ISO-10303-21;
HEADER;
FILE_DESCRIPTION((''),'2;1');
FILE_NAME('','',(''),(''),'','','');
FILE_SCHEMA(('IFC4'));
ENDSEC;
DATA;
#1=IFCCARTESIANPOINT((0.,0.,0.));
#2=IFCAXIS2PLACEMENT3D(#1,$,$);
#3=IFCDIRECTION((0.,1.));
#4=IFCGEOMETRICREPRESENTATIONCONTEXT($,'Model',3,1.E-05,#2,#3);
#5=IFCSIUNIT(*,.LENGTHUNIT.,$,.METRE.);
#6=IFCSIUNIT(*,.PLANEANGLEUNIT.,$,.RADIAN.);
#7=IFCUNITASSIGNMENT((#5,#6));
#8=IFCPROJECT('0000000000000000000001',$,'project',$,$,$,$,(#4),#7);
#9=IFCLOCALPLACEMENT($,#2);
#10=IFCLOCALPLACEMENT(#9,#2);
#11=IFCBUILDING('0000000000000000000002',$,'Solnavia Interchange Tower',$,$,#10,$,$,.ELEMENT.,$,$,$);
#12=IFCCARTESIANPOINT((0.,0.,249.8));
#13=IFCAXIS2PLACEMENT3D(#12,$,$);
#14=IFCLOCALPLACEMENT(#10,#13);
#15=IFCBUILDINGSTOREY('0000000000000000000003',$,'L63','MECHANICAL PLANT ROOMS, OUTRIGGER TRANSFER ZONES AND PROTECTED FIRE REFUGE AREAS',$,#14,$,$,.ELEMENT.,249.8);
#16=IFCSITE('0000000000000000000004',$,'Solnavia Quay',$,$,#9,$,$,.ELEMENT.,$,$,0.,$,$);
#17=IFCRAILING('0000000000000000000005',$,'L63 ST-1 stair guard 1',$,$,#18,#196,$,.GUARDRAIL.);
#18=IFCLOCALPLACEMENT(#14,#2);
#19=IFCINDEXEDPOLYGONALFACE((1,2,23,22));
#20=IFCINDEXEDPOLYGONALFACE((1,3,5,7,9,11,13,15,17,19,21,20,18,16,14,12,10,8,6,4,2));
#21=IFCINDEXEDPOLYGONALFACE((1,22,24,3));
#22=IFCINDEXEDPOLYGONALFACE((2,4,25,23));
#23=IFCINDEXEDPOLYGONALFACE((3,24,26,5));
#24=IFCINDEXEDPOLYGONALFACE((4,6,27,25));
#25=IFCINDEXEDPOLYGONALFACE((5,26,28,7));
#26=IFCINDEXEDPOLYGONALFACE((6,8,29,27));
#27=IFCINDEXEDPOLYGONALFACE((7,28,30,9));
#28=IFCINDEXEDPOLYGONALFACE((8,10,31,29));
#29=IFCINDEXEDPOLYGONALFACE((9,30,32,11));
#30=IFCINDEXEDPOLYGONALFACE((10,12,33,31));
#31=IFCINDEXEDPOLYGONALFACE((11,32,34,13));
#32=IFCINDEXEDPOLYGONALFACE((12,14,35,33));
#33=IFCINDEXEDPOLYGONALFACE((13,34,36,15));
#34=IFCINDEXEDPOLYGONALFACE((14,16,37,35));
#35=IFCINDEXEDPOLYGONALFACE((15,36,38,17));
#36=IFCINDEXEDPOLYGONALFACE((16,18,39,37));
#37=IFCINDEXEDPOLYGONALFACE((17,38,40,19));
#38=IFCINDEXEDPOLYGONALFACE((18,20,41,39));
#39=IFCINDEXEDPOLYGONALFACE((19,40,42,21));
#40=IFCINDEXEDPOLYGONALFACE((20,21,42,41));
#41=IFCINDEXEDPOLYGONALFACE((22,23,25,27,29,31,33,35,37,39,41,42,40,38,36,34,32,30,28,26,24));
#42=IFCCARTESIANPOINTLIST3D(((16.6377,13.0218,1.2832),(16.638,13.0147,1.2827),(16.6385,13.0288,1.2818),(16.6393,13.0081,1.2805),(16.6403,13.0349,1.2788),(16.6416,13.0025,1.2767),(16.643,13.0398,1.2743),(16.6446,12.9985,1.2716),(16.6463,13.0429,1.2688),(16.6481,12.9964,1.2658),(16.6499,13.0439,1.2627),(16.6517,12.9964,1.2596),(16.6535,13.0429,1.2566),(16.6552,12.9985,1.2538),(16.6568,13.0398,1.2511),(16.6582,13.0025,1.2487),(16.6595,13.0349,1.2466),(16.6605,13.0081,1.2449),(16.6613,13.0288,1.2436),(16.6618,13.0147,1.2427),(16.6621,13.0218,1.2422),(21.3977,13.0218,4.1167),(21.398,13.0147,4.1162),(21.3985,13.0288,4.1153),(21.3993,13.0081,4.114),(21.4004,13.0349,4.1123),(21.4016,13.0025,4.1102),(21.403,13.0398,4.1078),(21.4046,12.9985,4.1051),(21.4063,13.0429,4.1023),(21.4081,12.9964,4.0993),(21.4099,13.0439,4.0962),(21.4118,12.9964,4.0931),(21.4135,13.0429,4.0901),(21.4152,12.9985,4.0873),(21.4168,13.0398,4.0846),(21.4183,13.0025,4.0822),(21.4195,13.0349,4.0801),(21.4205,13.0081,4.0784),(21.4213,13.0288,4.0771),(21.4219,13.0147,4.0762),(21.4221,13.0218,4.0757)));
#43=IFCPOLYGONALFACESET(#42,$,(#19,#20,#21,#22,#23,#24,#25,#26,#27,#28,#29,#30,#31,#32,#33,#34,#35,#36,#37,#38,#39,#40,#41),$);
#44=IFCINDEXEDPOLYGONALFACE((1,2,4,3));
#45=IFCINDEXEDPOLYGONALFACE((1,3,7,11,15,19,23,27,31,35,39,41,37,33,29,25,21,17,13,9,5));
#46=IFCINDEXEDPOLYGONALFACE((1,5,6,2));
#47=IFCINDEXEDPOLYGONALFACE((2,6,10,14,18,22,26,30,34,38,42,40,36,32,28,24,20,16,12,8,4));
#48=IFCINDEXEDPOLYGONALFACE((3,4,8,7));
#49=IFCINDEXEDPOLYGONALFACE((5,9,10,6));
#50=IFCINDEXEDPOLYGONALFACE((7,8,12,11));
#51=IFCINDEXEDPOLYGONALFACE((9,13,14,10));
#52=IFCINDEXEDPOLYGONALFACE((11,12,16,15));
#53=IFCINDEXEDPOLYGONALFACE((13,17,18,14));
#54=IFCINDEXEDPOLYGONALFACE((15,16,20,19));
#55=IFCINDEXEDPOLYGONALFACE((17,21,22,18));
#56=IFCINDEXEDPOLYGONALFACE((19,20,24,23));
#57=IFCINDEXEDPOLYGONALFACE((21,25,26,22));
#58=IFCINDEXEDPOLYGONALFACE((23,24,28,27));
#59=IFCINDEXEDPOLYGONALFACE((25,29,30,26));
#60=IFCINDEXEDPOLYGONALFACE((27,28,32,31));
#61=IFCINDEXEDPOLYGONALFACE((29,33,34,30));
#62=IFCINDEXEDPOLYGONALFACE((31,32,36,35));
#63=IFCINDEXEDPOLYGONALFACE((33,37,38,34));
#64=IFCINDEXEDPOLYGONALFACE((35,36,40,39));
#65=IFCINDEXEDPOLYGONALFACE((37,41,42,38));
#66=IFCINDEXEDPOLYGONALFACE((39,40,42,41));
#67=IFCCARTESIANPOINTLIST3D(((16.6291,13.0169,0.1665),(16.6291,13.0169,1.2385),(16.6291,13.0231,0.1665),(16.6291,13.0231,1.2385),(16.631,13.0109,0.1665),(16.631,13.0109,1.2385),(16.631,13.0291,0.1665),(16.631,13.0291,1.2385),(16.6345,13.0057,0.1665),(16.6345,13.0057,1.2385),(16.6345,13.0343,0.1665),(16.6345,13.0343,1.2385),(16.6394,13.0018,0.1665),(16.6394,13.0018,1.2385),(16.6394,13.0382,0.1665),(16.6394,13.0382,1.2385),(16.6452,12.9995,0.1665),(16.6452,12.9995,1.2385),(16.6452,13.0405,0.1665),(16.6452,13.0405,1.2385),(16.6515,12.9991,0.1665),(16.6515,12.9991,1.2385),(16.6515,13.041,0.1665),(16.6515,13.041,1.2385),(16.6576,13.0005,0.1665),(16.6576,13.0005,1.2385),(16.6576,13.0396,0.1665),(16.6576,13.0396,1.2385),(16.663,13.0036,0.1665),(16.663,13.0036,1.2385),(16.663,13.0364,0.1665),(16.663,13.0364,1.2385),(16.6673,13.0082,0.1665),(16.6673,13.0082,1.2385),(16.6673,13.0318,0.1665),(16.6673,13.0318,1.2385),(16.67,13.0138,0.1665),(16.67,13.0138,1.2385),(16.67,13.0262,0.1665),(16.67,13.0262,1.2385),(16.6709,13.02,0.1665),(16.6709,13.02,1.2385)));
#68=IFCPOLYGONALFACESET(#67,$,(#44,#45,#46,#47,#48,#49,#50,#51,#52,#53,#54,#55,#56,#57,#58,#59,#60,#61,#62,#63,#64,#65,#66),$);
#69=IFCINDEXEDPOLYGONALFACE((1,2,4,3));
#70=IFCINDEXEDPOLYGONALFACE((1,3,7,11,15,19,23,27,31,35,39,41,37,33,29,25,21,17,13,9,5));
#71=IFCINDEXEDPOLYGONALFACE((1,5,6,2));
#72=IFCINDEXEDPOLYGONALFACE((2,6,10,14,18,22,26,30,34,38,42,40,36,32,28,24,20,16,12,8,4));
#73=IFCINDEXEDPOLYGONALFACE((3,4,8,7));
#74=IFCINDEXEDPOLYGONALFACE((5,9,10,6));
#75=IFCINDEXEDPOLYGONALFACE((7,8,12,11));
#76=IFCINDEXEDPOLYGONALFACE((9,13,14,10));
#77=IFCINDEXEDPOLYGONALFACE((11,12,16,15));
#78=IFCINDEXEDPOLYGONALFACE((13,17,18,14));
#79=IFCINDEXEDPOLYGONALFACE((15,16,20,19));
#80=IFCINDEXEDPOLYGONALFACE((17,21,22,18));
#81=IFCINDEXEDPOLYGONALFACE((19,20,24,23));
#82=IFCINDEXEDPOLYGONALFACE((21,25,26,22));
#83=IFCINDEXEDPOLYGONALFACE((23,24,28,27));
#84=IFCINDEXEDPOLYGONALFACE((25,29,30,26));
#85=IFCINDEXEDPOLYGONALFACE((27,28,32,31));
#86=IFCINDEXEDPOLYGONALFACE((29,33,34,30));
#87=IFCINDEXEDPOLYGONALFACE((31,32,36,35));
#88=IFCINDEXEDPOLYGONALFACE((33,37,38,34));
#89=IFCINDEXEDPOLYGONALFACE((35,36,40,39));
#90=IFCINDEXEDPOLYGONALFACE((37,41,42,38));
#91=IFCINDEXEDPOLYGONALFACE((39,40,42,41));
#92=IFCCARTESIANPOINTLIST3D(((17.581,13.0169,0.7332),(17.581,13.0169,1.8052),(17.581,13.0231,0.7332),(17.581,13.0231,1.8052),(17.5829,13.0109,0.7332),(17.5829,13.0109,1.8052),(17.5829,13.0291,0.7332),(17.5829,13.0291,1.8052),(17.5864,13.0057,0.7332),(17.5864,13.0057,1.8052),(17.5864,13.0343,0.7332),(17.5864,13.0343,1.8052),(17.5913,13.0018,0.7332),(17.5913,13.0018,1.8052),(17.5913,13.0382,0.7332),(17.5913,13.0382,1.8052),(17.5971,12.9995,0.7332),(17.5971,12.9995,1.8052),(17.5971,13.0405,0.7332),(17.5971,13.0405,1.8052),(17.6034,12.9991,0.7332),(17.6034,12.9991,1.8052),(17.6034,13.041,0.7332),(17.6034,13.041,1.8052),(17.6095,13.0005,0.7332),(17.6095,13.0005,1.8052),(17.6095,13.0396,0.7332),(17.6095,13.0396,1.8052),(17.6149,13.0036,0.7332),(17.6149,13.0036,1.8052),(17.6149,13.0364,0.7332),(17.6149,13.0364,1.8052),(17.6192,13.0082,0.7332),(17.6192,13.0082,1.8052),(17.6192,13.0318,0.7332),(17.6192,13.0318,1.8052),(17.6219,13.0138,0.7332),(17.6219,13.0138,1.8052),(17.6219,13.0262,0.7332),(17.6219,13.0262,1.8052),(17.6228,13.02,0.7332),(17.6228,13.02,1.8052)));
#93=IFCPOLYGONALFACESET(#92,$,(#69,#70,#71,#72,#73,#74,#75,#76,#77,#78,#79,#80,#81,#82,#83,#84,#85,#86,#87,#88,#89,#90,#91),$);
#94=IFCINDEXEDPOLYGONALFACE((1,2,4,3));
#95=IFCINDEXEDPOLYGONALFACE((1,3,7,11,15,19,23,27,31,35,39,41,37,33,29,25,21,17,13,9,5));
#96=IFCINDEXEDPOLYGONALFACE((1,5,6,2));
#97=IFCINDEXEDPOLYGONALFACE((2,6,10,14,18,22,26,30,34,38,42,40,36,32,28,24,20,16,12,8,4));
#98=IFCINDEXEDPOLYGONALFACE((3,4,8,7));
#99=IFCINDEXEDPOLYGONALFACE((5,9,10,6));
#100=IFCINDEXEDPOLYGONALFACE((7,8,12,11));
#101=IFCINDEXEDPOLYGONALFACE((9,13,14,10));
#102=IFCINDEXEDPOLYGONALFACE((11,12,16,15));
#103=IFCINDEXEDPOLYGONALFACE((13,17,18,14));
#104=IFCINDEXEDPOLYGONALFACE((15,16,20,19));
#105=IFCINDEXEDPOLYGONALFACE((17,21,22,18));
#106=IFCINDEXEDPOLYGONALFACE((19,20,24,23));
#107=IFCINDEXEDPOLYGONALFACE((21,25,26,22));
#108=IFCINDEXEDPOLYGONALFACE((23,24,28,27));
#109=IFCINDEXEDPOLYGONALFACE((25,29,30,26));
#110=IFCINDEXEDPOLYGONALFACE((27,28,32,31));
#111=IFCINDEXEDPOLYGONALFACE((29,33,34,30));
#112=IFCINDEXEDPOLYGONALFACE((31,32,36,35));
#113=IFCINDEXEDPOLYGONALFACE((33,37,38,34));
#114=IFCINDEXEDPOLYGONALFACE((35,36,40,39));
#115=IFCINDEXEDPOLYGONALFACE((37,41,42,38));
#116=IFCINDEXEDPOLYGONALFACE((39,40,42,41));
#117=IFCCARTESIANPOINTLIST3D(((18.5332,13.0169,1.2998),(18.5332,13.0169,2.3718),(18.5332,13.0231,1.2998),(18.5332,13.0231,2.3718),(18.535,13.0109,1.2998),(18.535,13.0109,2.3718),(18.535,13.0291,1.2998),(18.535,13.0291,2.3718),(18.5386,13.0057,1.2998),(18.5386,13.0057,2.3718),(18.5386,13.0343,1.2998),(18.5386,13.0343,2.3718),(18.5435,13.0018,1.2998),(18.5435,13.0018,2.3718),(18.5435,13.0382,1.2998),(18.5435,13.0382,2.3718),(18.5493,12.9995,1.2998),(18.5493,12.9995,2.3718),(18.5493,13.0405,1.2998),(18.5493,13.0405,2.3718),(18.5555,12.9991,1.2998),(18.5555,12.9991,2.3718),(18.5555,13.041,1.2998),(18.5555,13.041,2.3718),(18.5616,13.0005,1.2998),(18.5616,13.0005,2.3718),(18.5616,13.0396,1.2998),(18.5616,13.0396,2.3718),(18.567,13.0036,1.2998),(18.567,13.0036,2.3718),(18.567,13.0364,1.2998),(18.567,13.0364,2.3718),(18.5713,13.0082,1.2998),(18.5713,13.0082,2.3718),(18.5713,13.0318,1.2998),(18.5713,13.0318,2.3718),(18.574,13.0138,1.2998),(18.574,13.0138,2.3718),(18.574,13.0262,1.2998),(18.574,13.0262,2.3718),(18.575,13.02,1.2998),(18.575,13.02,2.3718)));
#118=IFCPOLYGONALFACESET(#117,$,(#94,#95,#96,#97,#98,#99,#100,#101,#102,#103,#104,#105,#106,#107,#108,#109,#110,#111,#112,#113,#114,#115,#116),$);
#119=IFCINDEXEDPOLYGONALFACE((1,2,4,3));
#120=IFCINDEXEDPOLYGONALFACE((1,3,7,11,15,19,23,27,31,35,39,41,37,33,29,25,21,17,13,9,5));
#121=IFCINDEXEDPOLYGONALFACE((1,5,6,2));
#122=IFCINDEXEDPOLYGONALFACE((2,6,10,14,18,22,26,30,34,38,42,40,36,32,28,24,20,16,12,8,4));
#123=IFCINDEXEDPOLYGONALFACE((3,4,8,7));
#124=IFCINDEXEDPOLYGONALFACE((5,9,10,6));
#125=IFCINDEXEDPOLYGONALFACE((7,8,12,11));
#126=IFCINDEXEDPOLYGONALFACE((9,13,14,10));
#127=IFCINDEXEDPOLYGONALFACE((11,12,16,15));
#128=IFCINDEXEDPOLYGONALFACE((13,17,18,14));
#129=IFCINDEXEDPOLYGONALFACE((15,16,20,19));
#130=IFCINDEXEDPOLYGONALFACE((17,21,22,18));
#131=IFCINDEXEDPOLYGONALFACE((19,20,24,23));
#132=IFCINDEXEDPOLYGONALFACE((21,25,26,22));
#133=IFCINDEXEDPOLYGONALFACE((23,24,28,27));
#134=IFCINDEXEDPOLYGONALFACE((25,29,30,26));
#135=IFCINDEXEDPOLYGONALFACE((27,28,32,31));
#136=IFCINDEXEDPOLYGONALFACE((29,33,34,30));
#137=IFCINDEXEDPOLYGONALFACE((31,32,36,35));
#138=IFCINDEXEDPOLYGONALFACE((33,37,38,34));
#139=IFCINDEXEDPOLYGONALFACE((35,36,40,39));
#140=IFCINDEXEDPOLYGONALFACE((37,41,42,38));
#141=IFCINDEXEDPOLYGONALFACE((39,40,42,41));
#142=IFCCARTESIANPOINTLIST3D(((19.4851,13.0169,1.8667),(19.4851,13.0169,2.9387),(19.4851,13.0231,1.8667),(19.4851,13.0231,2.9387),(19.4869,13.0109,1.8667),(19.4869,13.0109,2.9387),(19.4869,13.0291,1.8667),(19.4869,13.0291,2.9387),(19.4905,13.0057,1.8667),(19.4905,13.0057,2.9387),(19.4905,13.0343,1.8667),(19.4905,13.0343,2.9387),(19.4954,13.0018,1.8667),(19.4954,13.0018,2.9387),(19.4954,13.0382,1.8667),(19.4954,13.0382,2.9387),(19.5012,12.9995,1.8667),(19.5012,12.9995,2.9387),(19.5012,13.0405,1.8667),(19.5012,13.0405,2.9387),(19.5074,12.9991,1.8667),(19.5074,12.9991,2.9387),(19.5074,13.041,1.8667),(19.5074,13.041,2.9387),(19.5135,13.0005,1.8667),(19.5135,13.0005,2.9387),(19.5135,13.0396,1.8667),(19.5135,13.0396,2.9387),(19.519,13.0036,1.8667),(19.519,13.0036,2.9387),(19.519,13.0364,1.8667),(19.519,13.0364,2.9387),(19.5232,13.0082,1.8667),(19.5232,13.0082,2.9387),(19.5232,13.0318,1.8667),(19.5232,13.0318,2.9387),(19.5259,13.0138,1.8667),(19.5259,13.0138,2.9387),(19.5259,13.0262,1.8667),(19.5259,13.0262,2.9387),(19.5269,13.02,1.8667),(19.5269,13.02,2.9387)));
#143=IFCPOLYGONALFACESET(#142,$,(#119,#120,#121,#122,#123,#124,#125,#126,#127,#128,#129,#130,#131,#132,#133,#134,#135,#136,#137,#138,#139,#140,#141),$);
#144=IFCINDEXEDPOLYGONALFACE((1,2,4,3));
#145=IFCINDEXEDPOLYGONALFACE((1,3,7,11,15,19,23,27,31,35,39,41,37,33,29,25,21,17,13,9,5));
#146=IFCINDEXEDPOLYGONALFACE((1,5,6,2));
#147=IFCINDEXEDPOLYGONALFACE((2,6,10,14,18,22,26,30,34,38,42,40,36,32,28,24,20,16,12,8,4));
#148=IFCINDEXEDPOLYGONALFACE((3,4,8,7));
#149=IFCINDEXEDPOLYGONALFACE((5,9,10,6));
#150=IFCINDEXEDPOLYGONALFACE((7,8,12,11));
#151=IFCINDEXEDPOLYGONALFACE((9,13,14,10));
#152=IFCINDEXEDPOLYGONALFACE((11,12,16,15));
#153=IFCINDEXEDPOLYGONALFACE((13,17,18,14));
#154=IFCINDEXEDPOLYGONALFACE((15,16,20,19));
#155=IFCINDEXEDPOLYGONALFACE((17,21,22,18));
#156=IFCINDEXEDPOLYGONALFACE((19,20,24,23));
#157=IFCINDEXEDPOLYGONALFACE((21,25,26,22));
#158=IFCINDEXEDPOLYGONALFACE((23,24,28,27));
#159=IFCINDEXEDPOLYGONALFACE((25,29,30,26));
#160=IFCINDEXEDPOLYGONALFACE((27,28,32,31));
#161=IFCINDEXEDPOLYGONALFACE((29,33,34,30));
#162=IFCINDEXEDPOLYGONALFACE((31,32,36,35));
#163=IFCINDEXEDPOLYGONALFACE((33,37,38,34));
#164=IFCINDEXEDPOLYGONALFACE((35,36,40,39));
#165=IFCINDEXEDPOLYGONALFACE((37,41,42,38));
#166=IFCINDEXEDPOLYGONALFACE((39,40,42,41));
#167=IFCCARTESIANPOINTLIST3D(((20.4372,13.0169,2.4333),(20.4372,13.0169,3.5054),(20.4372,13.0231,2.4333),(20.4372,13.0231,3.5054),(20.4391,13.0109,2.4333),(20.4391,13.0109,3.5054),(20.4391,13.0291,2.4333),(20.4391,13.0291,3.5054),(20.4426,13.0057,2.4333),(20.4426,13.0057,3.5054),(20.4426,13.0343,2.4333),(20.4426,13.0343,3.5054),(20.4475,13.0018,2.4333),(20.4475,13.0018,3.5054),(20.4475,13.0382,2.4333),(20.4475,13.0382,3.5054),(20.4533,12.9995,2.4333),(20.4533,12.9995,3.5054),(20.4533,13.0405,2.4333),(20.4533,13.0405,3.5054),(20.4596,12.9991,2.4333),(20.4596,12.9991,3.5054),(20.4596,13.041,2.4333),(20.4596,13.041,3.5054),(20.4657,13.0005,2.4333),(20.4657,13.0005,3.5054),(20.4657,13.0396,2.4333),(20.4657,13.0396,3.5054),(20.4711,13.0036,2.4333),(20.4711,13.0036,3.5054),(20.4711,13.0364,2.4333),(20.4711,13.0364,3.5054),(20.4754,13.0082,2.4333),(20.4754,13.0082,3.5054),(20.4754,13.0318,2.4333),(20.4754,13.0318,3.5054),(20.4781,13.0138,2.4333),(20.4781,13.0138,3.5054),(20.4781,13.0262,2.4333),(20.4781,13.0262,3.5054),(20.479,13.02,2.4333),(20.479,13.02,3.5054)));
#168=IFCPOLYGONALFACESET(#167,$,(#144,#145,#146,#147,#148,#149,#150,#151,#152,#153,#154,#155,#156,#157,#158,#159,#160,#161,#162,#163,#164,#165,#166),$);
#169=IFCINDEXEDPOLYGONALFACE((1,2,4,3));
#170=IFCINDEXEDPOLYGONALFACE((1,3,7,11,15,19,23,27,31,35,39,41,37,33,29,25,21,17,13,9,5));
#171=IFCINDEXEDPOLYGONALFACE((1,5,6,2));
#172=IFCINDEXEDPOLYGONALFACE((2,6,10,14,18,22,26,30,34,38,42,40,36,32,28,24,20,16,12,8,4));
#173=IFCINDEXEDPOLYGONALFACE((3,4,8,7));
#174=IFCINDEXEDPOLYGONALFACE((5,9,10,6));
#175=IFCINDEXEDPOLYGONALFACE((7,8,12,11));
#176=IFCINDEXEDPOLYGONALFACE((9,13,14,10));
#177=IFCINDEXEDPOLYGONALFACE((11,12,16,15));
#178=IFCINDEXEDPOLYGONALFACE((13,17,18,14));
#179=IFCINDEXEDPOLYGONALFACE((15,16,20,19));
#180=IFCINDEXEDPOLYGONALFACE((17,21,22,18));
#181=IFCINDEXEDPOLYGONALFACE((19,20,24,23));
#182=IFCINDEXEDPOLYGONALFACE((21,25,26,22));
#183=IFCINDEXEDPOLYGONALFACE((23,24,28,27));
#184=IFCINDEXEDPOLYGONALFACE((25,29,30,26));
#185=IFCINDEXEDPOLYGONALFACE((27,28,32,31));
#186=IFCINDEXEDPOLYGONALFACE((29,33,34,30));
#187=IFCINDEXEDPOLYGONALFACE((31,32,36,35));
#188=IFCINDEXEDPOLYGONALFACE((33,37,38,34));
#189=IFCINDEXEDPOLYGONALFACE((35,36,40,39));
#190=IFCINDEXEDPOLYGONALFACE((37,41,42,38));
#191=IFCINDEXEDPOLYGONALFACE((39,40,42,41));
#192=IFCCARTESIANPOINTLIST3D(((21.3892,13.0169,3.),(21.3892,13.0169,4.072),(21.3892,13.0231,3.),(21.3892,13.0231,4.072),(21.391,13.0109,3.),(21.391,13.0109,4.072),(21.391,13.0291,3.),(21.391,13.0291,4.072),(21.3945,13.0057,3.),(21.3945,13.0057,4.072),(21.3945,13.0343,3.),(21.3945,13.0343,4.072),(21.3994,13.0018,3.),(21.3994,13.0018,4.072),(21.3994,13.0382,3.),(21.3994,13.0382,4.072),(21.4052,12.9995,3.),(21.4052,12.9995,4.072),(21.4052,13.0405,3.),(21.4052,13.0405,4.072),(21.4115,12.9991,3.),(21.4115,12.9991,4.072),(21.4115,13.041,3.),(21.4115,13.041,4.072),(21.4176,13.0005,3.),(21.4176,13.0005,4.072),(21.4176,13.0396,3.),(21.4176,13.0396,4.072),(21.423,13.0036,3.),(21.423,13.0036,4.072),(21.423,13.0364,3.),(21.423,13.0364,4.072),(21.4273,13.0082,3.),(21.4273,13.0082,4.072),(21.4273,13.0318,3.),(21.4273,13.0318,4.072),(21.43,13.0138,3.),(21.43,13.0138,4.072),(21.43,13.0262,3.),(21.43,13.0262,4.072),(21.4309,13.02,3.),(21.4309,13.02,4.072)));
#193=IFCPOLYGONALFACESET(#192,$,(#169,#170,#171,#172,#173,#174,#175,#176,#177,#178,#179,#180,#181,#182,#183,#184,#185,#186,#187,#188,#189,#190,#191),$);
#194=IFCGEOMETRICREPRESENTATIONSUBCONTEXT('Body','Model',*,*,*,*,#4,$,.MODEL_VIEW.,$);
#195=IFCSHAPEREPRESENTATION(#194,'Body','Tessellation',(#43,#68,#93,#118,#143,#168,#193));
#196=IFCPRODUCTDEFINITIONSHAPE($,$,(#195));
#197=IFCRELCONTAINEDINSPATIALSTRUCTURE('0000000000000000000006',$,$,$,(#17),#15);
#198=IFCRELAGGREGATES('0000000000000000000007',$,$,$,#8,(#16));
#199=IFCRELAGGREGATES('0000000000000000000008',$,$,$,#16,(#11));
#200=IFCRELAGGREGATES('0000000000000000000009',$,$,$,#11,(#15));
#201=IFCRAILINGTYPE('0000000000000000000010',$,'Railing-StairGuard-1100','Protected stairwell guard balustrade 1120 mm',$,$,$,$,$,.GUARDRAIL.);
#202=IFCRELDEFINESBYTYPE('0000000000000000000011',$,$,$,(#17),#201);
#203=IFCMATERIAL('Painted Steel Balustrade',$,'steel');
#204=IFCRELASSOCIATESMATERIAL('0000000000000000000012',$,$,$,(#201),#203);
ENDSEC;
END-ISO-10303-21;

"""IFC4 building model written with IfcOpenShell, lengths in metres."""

from ifc_helpers import new_model, si_unit, direction, frame, origin, origin_2d, place, context, subcontext, project, spatial, circle, extrude, material, type_object, element, save


model = new_model("IFC4")

# Units and contexts
model_context = context("Model", 3, precision=1e-05, world=origin(), true_north=direction((0.0, 1.0)))
body_context = subcontext(model_context, "Body", "Model", "MODEL_VIEW")
ifc_project = project(units=[si_unit("LENGTHUNIT", "METRE"), si_unit("PLANEANGLEUNIT", "RADIAN")], contexts=[model_context])

# Site, building, storey
site_placement = place(None, origin())
site = spatial("IfcSite", under=ifc_project, at=site_placement, Name="Solnavia Quay", CompositionType="ELEMENT", RefElevation=0.0)
building_placement = place(site_placement, origin())
building = spatial("IfcBuilding", under=site, at=building_placement, Name="Solnavia Interchange Tower", CompositionType="ELEMENT")
storey_placement = place(building_placement, frame((0.0, 0.0, 249.8)))
storey = spatial("IfcBuildingStorey", under=building, at=storey_placement, Name="L63", Description="MECHANICAL PLANT ROOMS, OUTRIGGER TRANSFER ZONES AND PROTECTED FIRE REFUGE AREAS", CompositionType="ELEMENT", Elevation=249.8)

# Railing
ifc_material_1 = material(Name="Painted Steel Balustrade", Category="steel")
railing_type_1 = type_object("IfcRailingType", Name="Railing-StairGuard-1100", Description="Protected stairwell guard balustrade 1120 mm", PredefinedType="GUARDRAIL", material=ifc_material_1)
railing_1_placement = place(storey_placement, frame((16.6499, 13.02, 0.1665)))
element("IfcRailing", 1, at=railing_1_placement, inside=storey, type_object=railing_type_1, Name="L63 ST-1 stair guard 1", PredefinedType="GUARDRAIL", context=body_context, shape_type="SweptSolid", body=[
    extrude(circle(Radius=0.0239, at=origin_2d()), frame((0.0, 0.0, 1.0962), z_axis=(0.85928, 0.0, 0.511505), x_axis=(0.0, 1.0, 0.0)), (0.0, 0.0, 1.0), 5.5396),
    extrude(circle(Radius=0.021, at=origin_2d()), origin(), (0.0, 0.0, 1.0), 1.072),
    extrude(circle(Radius=0.021, at=origin_2d()), frame((0.9519, 0.0, 0.5667)), (0.0, 0.0, 1.0), 1.072),
    extrude(circle(Radius=0.021, at=origin_2d()), frame((1.9041, 0.0, 1.1333)), (0.0, 0.0, 1.0), 1.072),
    extrude(circle(Radius=0.021, at=origin_2d()), frame((2.856, 0.0, 1.7002)), (0.0, 0.0, 1.0), 1.072),
    extrude(circle(Radius=0.021, at=origin_2d()), frame((3.8081, 0.0, 2.2668)), (0.0, 0.0, 1.0), 1.072),
    extrude(circle(Radius=0.021, at=origin_2d()), frame((4.76, 0.0, 2.8335)), (0.0, 0.0, 1.0), 1.072),
])

save(model, "model.ifc")
